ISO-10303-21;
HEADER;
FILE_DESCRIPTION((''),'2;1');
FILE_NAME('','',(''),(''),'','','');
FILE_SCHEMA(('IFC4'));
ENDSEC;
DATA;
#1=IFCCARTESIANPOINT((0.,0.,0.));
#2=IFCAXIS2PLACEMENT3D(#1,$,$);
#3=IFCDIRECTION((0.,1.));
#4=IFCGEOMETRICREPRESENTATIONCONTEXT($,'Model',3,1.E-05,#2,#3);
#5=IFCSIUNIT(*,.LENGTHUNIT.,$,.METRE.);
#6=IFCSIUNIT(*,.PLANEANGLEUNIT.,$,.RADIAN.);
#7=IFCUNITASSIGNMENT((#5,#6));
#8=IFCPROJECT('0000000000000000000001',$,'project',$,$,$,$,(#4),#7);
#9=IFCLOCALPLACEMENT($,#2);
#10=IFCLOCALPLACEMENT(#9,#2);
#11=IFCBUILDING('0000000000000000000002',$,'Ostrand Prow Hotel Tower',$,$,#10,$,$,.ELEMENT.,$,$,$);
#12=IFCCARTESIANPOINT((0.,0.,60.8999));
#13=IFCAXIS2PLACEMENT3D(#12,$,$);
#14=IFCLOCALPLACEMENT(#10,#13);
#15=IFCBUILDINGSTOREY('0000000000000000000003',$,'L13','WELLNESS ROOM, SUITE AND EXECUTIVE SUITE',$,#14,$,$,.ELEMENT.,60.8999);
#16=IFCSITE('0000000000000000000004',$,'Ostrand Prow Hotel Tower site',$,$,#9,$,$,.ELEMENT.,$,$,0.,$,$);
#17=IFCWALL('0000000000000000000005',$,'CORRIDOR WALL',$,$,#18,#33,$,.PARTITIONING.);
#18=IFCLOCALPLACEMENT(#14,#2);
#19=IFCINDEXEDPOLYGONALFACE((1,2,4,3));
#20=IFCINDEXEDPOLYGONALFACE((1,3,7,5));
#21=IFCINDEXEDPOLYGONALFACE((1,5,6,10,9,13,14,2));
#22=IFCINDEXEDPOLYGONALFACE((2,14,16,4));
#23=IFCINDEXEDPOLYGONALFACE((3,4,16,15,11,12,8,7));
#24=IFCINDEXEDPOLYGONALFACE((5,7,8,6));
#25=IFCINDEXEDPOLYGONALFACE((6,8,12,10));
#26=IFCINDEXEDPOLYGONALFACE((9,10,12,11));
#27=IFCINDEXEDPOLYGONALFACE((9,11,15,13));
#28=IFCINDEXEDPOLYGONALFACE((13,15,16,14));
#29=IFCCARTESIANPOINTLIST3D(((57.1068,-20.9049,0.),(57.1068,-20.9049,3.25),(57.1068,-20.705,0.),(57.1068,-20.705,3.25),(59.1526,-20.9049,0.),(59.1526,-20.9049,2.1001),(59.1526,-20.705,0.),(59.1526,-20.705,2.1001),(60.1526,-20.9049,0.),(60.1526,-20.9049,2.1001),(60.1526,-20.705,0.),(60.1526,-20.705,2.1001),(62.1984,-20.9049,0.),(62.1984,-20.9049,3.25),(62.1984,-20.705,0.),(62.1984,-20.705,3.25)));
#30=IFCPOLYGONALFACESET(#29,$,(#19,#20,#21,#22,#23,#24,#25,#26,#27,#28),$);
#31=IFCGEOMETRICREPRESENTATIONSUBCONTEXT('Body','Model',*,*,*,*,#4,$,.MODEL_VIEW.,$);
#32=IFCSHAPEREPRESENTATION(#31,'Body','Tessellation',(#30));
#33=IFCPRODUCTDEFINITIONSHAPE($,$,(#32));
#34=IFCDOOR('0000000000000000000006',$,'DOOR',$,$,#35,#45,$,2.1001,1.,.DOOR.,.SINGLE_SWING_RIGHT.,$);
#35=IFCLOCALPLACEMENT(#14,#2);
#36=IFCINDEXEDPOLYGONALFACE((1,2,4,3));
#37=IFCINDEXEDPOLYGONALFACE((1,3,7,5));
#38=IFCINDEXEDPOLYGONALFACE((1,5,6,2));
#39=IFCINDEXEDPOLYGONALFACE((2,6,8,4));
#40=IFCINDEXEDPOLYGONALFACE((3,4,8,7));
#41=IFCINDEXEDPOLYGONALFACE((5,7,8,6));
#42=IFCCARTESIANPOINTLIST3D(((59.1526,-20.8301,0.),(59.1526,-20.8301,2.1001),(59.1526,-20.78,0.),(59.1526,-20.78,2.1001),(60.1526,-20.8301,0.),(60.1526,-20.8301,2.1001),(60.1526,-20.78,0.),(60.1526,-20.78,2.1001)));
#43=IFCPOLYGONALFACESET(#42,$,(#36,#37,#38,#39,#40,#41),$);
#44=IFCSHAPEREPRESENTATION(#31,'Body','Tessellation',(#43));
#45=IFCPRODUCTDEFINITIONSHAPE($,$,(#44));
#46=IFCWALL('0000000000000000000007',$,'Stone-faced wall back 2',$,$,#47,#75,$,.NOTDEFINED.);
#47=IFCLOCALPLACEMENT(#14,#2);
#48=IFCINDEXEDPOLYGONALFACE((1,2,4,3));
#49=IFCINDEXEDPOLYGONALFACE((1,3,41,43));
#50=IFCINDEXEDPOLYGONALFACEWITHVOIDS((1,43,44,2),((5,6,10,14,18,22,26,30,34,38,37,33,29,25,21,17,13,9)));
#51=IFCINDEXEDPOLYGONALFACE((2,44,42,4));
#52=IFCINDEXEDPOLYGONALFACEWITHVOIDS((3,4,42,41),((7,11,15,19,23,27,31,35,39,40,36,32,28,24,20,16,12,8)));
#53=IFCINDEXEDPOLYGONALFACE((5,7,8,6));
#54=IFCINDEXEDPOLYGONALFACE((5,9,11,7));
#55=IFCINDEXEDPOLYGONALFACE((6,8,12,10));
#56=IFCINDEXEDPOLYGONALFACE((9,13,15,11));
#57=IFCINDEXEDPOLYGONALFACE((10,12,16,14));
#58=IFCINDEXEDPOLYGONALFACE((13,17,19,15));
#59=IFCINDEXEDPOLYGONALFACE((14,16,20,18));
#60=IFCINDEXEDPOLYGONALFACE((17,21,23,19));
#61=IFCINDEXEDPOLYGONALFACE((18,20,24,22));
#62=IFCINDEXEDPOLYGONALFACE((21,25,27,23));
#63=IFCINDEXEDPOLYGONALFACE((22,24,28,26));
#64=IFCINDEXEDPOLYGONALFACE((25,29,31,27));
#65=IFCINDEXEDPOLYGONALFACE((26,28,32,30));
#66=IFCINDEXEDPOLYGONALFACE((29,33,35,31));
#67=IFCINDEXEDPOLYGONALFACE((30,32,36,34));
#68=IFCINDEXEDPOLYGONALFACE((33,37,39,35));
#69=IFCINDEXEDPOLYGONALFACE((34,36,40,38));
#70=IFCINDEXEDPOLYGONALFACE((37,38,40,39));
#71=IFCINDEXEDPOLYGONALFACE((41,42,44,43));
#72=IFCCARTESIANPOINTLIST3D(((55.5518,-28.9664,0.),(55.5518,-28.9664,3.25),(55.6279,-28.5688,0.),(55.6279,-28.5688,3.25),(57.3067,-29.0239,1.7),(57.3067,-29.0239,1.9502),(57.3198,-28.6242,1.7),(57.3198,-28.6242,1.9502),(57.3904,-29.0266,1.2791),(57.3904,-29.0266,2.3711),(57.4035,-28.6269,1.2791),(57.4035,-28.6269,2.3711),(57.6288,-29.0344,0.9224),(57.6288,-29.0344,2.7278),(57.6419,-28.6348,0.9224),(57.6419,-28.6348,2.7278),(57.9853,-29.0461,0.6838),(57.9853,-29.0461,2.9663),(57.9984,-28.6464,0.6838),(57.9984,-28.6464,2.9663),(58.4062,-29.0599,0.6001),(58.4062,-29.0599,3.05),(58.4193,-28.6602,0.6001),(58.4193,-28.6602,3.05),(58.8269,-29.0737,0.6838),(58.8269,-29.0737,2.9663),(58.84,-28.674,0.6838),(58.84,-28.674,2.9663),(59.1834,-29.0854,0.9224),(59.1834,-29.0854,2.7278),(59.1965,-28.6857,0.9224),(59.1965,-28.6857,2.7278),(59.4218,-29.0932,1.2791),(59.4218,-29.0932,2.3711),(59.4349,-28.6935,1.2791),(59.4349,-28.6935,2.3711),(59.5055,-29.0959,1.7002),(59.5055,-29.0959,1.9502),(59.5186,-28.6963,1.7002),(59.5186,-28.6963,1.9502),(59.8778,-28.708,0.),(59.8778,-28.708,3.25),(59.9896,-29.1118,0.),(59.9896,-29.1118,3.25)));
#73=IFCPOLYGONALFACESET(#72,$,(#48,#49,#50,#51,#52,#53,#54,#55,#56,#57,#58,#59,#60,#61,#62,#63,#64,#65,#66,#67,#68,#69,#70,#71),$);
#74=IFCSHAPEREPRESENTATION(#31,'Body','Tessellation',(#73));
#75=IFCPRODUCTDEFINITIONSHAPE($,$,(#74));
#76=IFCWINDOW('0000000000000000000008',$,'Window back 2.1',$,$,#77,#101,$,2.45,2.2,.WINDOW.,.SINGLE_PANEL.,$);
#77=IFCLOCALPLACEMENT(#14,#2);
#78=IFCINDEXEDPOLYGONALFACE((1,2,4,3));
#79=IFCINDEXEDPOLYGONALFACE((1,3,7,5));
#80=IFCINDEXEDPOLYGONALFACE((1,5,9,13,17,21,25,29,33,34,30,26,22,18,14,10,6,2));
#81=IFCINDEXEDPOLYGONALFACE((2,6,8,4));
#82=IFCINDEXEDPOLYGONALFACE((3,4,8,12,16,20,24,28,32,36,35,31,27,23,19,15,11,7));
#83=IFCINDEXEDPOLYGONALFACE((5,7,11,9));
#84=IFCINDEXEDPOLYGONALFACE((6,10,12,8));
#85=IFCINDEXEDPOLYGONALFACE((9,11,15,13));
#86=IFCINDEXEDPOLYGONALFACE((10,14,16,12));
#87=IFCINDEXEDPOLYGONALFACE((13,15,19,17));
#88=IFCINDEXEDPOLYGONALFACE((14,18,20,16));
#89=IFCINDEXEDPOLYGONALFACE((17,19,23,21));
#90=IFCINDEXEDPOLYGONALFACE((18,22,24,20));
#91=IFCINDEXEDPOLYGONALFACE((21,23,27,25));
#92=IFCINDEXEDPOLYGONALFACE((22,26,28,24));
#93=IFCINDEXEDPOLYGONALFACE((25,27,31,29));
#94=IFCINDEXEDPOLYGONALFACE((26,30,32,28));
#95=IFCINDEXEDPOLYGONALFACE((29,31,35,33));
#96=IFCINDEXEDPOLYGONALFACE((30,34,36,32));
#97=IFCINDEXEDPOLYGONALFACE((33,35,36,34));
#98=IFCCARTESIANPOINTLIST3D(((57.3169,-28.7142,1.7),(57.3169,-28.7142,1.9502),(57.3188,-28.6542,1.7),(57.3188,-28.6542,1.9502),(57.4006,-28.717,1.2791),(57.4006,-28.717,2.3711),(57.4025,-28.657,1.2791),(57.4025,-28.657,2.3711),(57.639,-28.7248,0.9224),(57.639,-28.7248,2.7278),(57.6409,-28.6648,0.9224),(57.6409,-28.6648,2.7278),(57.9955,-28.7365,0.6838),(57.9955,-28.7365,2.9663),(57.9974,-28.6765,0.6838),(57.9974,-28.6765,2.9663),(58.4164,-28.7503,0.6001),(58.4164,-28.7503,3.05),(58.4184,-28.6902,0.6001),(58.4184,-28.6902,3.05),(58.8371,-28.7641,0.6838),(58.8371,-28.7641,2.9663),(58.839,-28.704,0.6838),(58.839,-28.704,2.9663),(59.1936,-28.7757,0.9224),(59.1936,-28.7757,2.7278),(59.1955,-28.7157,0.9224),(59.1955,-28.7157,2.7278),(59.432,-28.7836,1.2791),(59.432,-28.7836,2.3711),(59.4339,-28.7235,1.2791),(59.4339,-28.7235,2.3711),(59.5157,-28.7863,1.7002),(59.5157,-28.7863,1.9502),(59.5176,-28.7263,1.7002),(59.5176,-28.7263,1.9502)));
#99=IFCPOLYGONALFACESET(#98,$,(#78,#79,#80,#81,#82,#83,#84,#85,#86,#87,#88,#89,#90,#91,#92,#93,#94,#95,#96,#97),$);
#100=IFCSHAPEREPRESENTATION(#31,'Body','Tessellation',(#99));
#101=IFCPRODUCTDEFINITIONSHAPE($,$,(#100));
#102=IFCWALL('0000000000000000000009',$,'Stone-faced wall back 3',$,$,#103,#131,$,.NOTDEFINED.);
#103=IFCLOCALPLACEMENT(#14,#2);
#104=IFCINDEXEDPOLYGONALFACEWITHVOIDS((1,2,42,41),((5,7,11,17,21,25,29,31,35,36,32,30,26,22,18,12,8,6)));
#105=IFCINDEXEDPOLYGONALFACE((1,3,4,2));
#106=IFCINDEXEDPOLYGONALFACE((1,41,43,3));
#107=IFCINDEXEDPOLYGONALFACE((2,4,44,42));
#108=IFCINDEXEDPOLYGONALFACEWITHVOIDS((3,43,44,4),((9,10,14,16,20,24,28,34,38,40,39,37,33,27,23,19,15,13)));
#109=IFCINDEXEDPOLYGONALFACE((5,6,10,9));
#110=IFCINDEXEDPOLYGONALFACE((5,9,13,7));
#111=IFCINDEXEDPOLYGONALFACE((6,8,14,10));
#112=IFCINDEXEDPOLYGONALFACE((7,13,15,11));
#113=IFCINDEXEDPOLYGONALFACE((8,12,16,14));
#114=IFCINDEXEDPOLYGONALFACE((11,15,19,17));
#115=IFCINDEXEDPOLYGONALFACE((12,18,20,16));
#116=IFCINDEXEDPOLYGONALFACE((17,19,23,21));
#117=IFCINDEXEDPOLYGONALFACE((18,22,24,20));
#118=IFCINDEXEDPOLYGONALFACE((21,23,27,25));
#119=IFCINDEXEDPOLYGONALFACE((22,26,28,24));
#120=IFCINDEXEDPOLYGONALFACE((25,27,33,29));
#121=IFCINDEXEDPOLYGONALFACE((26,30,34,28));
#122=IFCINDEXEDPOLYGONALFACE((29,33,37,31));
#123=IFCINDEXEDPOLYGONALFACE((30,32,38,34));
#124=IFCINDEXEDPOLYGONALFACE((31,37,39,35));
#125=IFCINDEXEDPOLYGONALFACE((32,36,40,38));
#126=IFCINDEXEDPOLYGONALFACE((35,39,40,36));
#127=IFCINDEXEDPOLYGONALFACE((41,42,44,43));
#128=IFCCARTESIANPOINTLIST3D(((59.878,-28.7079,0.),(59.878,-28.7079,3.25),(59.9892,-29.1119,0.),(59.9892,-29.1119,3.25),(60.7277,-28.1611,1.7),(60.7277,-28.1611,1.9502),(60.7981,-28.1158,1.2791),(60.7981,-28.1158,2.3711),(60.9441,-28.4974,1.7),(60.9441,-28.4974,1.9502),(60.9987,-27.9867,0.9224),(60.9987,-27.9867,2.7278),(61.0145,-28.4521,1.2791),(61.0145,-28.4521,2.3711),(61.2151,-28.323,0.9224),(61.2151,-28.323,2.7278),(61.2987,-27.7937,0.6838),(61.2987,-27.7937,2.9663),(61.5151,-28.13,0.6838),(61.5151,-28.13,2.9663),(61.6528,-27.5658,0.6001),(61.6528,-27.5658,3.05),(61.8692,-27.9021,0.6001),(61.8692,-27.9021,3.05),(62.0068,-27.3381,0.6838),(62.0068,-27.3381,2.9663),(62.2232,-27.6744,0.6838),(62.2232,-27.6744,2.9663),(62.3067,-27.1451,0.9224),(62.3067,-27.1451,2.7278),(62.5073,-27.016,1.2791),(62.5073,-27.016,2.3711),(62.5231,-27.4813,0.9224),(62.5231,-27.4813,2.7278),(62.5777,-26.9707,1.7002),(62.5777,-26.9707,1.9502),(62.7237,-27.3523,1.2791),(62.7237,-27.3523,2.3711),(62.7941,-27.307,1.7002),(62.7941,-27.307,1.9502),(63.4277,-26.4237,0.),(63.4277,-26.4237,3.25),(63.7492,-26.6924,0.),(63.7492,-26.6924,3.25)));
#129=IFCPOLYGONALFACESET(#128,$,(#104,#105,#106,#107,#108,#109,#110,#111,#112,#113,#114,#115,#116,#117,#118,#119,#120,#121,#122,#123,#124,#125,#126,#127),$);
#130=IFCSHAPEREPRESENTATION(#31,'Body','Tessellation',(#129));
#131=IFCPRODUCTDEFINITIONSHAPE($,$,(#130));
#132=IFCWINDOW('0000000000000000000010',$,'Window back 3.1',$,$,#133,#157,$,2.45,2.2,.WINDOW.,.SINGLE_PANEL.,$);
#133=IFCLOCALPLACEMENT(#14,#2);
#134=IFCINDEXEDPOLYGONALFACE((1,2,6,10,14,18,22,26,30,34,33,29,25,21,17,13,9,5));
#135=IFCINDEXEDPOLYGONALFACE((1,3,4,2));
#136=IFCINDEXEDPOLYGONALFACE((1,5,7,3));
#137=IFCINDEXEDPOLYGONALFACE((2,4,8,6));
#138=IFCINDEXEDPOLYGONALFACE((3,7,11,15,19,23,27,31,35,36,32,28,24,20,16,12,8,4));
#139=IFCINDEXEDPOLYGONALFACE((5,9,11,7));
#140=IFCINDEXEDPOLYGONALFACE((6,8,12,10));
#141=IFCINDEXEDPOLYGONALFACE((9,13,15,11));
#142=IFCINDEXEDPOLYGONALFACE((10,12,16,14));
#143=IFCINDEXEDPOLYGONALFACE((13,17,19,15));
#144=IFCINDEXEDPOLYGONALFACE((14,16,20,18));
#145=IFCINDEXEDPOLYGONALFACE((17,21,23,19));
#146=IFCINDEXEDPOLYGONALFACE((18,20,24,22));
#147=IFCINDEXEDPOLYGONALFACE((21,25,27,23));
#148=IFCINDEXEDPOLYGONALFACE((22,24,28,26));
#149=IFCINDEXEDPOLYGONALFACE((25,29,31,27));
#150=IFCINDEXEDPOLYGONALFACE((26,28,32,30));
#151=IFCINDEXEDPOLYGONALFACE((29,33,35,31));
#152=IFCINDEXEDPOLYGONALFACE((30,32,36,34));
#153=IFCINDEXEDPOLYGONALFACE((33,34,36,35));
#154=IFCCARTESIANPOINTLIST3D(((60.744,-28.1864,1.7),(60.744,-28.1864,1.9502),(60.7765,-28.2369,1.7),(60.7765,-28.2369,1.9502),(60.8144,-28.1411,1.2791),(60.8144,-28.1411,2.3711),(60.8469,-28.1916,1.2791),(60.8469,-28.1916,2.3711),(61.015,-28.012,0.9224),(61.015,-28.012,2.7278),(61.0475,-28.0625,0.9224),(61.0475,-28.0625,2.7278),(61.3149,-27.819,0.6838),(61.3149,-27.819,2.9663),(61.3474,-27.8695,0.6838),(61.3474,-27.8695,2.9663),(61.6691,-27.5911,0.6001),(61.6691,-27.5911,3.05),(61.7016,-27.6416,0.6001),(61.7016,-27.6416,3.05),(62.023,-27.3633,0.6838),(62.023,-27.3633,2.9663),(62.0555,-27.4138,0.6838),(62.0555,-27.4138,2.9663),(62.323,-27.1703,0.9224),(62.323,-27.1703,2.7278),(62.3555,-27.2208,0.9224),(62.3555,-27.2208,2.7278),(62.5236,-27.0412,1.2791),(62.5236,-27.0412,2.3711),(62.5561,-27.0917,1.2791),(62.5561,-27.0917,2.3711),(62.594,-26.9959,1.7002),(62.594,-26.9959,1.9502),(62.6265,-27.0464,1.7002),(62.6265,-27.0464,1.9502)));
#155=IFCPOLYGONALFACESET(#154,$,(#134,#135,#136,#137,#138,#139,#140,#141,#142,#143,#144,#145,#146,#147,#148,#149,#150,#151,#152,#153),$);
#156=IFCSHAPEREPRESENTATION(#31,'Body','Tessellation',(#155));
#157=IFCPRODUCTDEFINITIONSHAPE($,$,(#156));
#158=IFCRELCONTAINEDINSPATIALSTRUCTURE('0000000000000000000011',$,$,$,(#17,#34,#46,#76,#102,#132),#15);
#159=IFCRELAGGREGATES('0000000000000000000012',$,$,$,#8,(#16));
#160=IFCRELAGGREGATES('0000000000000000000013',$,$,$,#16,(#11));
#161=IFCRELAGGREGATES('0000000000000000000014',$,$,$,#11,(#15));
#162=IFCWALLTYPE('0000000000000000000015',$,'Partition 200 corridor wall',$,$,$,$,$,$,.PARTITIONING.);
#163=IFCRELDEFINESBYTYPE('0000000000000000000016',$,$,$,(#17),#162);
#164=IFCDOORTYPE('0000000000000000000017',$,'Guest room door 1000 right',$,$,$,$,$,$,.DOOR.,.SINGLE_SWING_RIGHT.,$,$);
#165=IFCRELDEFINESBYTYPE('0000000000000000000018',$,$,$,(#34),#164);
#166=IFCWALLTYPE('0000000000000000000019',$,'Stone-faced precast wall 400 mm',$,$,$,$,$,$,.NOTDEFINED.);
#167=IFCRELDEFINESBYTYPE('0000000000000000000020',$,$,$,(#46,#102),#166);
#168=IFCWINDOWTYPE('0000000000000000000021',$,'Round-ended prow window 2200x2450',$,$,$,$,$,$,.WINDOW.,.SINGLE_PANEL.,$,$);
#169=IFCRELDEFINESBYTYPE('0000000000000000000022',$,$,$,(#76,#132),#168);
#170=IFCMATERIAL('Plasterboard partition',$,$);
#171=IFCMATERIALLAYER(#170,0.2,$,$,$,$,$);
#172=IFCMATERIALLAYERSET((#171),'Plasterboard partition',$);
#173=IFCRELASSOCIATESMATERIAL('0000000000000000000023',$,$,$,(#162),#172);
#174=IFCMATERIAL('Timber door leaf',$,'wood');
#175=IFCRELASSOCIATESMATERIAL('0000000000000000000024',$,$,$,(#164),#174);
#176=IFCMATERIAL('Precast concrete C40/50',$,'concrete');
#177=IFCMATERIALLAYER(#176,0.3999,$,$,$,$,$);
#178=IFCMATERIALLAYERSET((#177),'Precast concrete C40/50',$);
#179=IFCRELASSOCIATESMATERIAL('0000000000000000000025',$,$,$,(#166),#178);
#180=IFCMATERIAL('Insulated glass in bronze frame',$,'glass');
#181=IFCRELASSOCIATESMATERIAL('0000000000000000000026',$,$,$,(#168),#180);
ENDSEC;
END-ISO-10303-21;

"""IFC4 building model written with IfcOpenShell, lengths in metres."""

from ifc_helpers import new_model, si_unit, direction, frame, frame_2d, origin, place, context, subcontext, project, spatial, polyline, rectangle, outline, extrude, material, layer, layer_set, type_object, element, fill, save


model = new_model("IFC4")

# Units and contexts
model_context = context("Model", 3, precision=1e-05, world=origin(), true_north=direction((0.0, 1.0)))
body_context = subcontext(model_context, "Body", "Model", "MODEL_VIEW")
ifc_project = project(units=[si_unit("LENGTHUNIT", "METRE"), si_unit("PLANEANGLEUNIT", "RADIAN")], contexts=[model_context])

# Site, building, storey
site_placement = place(None, origin())
site = spatial("IfcSite", under=ifc_project, at=site_placement, Name="Ostrand Prow Hotel Tower site", CompositionType="ELEMENT", RefElevation=0.0)
building_placement = place(site_placement, origin())
building = spatial("IfcBuilding", under=site, at=building_placement, Name="Ostrand Prow Hotel Tower", CompositionType="ELEMENT")
storey_placement = place(building_placement, frame((0.0, 0.0, 60.8999)))
storey = spatial("IfcBuildingStorey", under=building, at=storey_placement, Name="L13", Description="WELLNESS ROOM, SUITE AND EXECUTIVE SUITE", CompositionType="ELEMENT", Elevation=60.8999)

# Wall, opening, door
ifc_material_1 = material(Name="Plasterboard partition")
ifc_layer_1 = layer(ifc_material_1, 0.2)
ifc_layer_set_1 = layer_set([ifc_layer_1], Name="Plasterboard partition")
wall_type_1 = type_object("IfcWallType", Name="Partition 200 corridor wall", PredefinedType="PARTITIONING", material=ifc_layer_set_1)
wall_1_placement = place(storey_placement, frame((57.1067, -20.8049, 0.0), z_axis=(0.0, 0.0, 1.0), x_axis=(1.0, 0.0, 0.0)))
wall_1 = element("IfcWall", 1, at=wall_1_placement, inside=storey, type_object=wall_type_1, Name="CORRIDOR WALL", PredefinedType="PARTITIONING", context=body_context, shape_type="SweptSolid", body=[
    extrude(rectangle(XDim=5.0916, YDim=0.2, at=frame_2d((2.5459, 0.0))), origin(), (0.0, 0.0, 1.0), 3.25),
])
opening_1_placement = place(wall_1_placement, frame((2.0459, 0.0, 0.0)))
opening_1 = element("IfcOpeningElement", 2, at=opening_1_placement, cuts=wall_1, PredefinedType="OPENING", context=body_context, shape_type="SweptSolid", body=[
    extrude(rectangle(XDim=1.0, YDim=2.1001, at=frame_2d((0.5, 1.05))), frame((0.0, 0.1099, 0.0), z_axis=(0.0, -1.0, 0.0), x_axis=(1.0, 0.0, 0.0)), (0.0, 0.0, 1.0), 0.22),
])
ifc_material_2 = material(Name="Timber door leaf", Category="wood")
door_type_1 = type_object("IfcDoorType", Name="Guest room door 1000 right", OperationType="SINGLE_SWING_RIGHT", PredefinedType="DOOR", material=ifc_material_2)
door_1_placement = place(opening_1_placement, origin())
door_1 = element("IfcDoor", 3, at=door_1_placement, inside=storey, type_object=door_type_1, Name="DOOR", OperationType="SINGLE_SWING_RIGHT", OverallHeight=2.1001, OverallWidth=1.0, PredefinedType="DOOR", context=body_context, shape_type="SweptSolid", body=[
    extrude(rectangle(XDim=1.0, YDim=2.1001, at=frame_2d((0.5, 1.05))), frame((0.0, 0.0249, 0.0), z_axis=(0.0, -1.0, 0.0), x_axis=(1.0, 0.0, 0.0)), (0.0, 0.0, 1.0), 0.05),
])
fill(opening_1, door_1)

# Walls, openings, windows
ifc_material_3 = material(Name="Precast concrete C40/50", Category="concrete")
ifc_layer_2 = layer(ifc_material_3, 0.3999)
ifc_layer_set_2 = layer_set([ifc_layer_2], Name="Precast concrete C40/50")
wall_type_2 = type_object("IfcWallType", Name="Stone-faced precast wall 400 mm", PredefinedType="NOTDEFINED", material=ifc_layer_set_2)
wall_2_placement = place(storey_placement, frame((55.5898, -28.7676, 0.0), z_axis=(0.0, 0.0, 1.0), x_axis=(0.999464, -0.03275, 0.0)))
wall_2 = element("IfcWall", 4, at=wall_2_placement, inside=storey, type_object=wall_type_2, Name="Stone-faced wall back 2", PredefinedType="NOTDEFINED", context=body_context, shape_type="SweptSolid", body=[
    extrude(outline(polyline([(-0.0315, -0.2), (4.4087, -0.2), (4.2837, 0.2), (0.0315, 0.2), (-0.0315, -0.2)])), origin(), (0.0, 0.0, 1.0), 3.25),
])
opening_2_placement = place(wall_2_placement, frame((1.7244, 0.0, 0.6001)))
opening_2 = element("IfcOpeningElement", 5, at=opening_2_placement, cuts=wall_2, PredefinedType="OPENING", context=body_context, shape_type="SweptSolid", body=[
    extrude(outline(polyline([(0.0, 1.3501), (0.0837, 1.771), (0.3223, 2.1277), (0.679, 2.3662), (1.1001, 2.45), (1.521, 2.3662), (1.8777, 2.1277), (2.1162, 1.771), (2.2, 1.3501), (2.2, 1.1001), (2.1162, 0.679), (1.8777, 0.3223), (1.521, 0.0837), (1.1001, 0.0), (0.679, 0.0837), (0.3223, 0.3223), (0.0837, 0.679), (0.0, 1.0999), (0.0, 1.3501)])), frame((0.0, 0.21, 0.0), z_axis=(0.0, -1.0, 0.0), x_axis=(1.0, 0.0, 0.0)), (0.0, 0.0, 1.0), 0.4199),
])
ifc_material_4 = material(Name="Insulated glass in bronze frame", Category="glass")
window_type_1 = type_object("IfcWindowType", Name="Round-ended prow window 2200x2450", PartitioningType="SINGLE_PANEL", PredefinedType="WINDOW", material=ifc_material_4)
window_1_placement = place(opening_2_placement, origin())
window_1 = element("IfcWindow", 6, at=window_1_placement, inside=storey, type_object=window_type_1, Name="Window back 2.1", OverallHeight=2.45, OverallWidth=2.2, PartitioningType="SINGLE_PANEL", PredefinedType="WINDOW", context=body_context, shape_type="SweptSolid", body=[
    extrude(outline(polyline([(0.0, 1.3501), (0.0837, 1.771), (0.3223, 2.1277), (0.679, 2.3662), (1.1001, 2.45), (1.521, 2.3662), (1.8777, 2.1277), (2.1162, 1.771), (2.2, 1.3501), (2.2, 1.1001), (2.1162, 0.679), (1.8777, 0.3223), (1.521, 0.0837), (1.1001, 0.0), (0.679, 0.0837), (0.3223, 0.3223), (0.0837, 0.679), (0.0, 1.0999), (0.0, 1.3501)])), frame((0.0, 0.1699, 0.0), z_axis=(0.0, -1.0, 0.0), x_axis=(1.0, 0.0, 0.0)), (0.0, 0.0, 1.0), 0.0601),
])
fill(opening_2, window_1)
wall_3_placement = place(storey_placement, frame((59.9336, -28.9099, 0.0), z_axis=(0.0, 0.0, 1.0), x_axis=(0.840937, 0.541132, 0.0)))
wall_3 = element("IfcWall", 7, at=wall_3_placement, inside=storey, type_object=wall_type_2, Name="Stone-faced wall back 3", PredefinedType="NOTDEFINED", context=body_context, shape_type="SweptSolid", body=[
    extrude(outline(polyline([(-0.0625, -0.2), (4.4087, -0.2), (4.2837, 0.2), (0.0625, 0.2), (-0.0625, -0.2)])), origin(), (0.0, 0.0, 1.0), 3.25),
])
opening_3_placement = place(wall_3_placement, frame((1.073, 0.0, 0.6001)))
opening_3 = element("IfcOpeningElement", 8, at=opening_3_placement, cuts=wall_3, PredefinedType="OPENING", context=body_context, shape_type="SweptSolid", body=[
    extrude(outline(polyline([(0.0, 1.3501), (0.0837, 1.771), (0.3223, 2.1277), (0.679, 2.3662), (1.1001, 2.45), (1.521, 2.3662), (1.8777, 2.1277), (2.1162, 1.771), (2.2, 1.3501), (2.2, 1.1001), (2.1162, 0.679), (1.8777, 0.3223), (1.521, 0.0837), (1.1001, 0.0), (0.679, 0.0837), (0.3223, 0.3223), (0.0837, 0.679), (0.0, 1.0999), (0.0, 1.3501)])), frame((0.0, 0.21, 0.0), z_axis=(0.0, -1.0, 0.0), x_axis=(1.0, 0.0, 0.0)), (0.0, 0.0, 1.0), 0.4199),
])
window_2_placement = place(opening_3_placement, origin())
window_2 = element("IfcWindow", 9, at=window_2_placement, inside=storey, type_object=window_type_1, Name="Window back 3.1", OverallHeight=2.45, OverallWidth=2.2, PartitioningType="SINGLE_PANEL", PredefinedType="WINDOW", context=body_context, shape_type="SweptSolid", body=[
    extrude(outline(polyline([(0.0, 1.3501), (0.0837, 1.771), (0.3223, 2.1277), (0.679, 2.3662), (1.1001, 2.45), (1.521, 2.3662), (1.8777, 2.1277), (2.1162, 1.771), (2.2, 1.3501), (2.2, 1.1001), (2.1162, 0.679), (1.8777, 0.3223), (1.521, 0.0837), (1.1001, 0.0), (0.679, 0.0837), (0.3223, 0.3223), (0.0837, 0.679), (0.0, 1.0999), (0.0, 1.3501)])), frame((0.0, 0.1699, 0.0), z_axis=(0.0, -1.0, 0.0), x_axis=(1.0, 0.0, 0.0)), (0.0, 0.0, 1.0), 0.0601),
])
fill(opening_3, window_2)

save(model, "model.ifc")
